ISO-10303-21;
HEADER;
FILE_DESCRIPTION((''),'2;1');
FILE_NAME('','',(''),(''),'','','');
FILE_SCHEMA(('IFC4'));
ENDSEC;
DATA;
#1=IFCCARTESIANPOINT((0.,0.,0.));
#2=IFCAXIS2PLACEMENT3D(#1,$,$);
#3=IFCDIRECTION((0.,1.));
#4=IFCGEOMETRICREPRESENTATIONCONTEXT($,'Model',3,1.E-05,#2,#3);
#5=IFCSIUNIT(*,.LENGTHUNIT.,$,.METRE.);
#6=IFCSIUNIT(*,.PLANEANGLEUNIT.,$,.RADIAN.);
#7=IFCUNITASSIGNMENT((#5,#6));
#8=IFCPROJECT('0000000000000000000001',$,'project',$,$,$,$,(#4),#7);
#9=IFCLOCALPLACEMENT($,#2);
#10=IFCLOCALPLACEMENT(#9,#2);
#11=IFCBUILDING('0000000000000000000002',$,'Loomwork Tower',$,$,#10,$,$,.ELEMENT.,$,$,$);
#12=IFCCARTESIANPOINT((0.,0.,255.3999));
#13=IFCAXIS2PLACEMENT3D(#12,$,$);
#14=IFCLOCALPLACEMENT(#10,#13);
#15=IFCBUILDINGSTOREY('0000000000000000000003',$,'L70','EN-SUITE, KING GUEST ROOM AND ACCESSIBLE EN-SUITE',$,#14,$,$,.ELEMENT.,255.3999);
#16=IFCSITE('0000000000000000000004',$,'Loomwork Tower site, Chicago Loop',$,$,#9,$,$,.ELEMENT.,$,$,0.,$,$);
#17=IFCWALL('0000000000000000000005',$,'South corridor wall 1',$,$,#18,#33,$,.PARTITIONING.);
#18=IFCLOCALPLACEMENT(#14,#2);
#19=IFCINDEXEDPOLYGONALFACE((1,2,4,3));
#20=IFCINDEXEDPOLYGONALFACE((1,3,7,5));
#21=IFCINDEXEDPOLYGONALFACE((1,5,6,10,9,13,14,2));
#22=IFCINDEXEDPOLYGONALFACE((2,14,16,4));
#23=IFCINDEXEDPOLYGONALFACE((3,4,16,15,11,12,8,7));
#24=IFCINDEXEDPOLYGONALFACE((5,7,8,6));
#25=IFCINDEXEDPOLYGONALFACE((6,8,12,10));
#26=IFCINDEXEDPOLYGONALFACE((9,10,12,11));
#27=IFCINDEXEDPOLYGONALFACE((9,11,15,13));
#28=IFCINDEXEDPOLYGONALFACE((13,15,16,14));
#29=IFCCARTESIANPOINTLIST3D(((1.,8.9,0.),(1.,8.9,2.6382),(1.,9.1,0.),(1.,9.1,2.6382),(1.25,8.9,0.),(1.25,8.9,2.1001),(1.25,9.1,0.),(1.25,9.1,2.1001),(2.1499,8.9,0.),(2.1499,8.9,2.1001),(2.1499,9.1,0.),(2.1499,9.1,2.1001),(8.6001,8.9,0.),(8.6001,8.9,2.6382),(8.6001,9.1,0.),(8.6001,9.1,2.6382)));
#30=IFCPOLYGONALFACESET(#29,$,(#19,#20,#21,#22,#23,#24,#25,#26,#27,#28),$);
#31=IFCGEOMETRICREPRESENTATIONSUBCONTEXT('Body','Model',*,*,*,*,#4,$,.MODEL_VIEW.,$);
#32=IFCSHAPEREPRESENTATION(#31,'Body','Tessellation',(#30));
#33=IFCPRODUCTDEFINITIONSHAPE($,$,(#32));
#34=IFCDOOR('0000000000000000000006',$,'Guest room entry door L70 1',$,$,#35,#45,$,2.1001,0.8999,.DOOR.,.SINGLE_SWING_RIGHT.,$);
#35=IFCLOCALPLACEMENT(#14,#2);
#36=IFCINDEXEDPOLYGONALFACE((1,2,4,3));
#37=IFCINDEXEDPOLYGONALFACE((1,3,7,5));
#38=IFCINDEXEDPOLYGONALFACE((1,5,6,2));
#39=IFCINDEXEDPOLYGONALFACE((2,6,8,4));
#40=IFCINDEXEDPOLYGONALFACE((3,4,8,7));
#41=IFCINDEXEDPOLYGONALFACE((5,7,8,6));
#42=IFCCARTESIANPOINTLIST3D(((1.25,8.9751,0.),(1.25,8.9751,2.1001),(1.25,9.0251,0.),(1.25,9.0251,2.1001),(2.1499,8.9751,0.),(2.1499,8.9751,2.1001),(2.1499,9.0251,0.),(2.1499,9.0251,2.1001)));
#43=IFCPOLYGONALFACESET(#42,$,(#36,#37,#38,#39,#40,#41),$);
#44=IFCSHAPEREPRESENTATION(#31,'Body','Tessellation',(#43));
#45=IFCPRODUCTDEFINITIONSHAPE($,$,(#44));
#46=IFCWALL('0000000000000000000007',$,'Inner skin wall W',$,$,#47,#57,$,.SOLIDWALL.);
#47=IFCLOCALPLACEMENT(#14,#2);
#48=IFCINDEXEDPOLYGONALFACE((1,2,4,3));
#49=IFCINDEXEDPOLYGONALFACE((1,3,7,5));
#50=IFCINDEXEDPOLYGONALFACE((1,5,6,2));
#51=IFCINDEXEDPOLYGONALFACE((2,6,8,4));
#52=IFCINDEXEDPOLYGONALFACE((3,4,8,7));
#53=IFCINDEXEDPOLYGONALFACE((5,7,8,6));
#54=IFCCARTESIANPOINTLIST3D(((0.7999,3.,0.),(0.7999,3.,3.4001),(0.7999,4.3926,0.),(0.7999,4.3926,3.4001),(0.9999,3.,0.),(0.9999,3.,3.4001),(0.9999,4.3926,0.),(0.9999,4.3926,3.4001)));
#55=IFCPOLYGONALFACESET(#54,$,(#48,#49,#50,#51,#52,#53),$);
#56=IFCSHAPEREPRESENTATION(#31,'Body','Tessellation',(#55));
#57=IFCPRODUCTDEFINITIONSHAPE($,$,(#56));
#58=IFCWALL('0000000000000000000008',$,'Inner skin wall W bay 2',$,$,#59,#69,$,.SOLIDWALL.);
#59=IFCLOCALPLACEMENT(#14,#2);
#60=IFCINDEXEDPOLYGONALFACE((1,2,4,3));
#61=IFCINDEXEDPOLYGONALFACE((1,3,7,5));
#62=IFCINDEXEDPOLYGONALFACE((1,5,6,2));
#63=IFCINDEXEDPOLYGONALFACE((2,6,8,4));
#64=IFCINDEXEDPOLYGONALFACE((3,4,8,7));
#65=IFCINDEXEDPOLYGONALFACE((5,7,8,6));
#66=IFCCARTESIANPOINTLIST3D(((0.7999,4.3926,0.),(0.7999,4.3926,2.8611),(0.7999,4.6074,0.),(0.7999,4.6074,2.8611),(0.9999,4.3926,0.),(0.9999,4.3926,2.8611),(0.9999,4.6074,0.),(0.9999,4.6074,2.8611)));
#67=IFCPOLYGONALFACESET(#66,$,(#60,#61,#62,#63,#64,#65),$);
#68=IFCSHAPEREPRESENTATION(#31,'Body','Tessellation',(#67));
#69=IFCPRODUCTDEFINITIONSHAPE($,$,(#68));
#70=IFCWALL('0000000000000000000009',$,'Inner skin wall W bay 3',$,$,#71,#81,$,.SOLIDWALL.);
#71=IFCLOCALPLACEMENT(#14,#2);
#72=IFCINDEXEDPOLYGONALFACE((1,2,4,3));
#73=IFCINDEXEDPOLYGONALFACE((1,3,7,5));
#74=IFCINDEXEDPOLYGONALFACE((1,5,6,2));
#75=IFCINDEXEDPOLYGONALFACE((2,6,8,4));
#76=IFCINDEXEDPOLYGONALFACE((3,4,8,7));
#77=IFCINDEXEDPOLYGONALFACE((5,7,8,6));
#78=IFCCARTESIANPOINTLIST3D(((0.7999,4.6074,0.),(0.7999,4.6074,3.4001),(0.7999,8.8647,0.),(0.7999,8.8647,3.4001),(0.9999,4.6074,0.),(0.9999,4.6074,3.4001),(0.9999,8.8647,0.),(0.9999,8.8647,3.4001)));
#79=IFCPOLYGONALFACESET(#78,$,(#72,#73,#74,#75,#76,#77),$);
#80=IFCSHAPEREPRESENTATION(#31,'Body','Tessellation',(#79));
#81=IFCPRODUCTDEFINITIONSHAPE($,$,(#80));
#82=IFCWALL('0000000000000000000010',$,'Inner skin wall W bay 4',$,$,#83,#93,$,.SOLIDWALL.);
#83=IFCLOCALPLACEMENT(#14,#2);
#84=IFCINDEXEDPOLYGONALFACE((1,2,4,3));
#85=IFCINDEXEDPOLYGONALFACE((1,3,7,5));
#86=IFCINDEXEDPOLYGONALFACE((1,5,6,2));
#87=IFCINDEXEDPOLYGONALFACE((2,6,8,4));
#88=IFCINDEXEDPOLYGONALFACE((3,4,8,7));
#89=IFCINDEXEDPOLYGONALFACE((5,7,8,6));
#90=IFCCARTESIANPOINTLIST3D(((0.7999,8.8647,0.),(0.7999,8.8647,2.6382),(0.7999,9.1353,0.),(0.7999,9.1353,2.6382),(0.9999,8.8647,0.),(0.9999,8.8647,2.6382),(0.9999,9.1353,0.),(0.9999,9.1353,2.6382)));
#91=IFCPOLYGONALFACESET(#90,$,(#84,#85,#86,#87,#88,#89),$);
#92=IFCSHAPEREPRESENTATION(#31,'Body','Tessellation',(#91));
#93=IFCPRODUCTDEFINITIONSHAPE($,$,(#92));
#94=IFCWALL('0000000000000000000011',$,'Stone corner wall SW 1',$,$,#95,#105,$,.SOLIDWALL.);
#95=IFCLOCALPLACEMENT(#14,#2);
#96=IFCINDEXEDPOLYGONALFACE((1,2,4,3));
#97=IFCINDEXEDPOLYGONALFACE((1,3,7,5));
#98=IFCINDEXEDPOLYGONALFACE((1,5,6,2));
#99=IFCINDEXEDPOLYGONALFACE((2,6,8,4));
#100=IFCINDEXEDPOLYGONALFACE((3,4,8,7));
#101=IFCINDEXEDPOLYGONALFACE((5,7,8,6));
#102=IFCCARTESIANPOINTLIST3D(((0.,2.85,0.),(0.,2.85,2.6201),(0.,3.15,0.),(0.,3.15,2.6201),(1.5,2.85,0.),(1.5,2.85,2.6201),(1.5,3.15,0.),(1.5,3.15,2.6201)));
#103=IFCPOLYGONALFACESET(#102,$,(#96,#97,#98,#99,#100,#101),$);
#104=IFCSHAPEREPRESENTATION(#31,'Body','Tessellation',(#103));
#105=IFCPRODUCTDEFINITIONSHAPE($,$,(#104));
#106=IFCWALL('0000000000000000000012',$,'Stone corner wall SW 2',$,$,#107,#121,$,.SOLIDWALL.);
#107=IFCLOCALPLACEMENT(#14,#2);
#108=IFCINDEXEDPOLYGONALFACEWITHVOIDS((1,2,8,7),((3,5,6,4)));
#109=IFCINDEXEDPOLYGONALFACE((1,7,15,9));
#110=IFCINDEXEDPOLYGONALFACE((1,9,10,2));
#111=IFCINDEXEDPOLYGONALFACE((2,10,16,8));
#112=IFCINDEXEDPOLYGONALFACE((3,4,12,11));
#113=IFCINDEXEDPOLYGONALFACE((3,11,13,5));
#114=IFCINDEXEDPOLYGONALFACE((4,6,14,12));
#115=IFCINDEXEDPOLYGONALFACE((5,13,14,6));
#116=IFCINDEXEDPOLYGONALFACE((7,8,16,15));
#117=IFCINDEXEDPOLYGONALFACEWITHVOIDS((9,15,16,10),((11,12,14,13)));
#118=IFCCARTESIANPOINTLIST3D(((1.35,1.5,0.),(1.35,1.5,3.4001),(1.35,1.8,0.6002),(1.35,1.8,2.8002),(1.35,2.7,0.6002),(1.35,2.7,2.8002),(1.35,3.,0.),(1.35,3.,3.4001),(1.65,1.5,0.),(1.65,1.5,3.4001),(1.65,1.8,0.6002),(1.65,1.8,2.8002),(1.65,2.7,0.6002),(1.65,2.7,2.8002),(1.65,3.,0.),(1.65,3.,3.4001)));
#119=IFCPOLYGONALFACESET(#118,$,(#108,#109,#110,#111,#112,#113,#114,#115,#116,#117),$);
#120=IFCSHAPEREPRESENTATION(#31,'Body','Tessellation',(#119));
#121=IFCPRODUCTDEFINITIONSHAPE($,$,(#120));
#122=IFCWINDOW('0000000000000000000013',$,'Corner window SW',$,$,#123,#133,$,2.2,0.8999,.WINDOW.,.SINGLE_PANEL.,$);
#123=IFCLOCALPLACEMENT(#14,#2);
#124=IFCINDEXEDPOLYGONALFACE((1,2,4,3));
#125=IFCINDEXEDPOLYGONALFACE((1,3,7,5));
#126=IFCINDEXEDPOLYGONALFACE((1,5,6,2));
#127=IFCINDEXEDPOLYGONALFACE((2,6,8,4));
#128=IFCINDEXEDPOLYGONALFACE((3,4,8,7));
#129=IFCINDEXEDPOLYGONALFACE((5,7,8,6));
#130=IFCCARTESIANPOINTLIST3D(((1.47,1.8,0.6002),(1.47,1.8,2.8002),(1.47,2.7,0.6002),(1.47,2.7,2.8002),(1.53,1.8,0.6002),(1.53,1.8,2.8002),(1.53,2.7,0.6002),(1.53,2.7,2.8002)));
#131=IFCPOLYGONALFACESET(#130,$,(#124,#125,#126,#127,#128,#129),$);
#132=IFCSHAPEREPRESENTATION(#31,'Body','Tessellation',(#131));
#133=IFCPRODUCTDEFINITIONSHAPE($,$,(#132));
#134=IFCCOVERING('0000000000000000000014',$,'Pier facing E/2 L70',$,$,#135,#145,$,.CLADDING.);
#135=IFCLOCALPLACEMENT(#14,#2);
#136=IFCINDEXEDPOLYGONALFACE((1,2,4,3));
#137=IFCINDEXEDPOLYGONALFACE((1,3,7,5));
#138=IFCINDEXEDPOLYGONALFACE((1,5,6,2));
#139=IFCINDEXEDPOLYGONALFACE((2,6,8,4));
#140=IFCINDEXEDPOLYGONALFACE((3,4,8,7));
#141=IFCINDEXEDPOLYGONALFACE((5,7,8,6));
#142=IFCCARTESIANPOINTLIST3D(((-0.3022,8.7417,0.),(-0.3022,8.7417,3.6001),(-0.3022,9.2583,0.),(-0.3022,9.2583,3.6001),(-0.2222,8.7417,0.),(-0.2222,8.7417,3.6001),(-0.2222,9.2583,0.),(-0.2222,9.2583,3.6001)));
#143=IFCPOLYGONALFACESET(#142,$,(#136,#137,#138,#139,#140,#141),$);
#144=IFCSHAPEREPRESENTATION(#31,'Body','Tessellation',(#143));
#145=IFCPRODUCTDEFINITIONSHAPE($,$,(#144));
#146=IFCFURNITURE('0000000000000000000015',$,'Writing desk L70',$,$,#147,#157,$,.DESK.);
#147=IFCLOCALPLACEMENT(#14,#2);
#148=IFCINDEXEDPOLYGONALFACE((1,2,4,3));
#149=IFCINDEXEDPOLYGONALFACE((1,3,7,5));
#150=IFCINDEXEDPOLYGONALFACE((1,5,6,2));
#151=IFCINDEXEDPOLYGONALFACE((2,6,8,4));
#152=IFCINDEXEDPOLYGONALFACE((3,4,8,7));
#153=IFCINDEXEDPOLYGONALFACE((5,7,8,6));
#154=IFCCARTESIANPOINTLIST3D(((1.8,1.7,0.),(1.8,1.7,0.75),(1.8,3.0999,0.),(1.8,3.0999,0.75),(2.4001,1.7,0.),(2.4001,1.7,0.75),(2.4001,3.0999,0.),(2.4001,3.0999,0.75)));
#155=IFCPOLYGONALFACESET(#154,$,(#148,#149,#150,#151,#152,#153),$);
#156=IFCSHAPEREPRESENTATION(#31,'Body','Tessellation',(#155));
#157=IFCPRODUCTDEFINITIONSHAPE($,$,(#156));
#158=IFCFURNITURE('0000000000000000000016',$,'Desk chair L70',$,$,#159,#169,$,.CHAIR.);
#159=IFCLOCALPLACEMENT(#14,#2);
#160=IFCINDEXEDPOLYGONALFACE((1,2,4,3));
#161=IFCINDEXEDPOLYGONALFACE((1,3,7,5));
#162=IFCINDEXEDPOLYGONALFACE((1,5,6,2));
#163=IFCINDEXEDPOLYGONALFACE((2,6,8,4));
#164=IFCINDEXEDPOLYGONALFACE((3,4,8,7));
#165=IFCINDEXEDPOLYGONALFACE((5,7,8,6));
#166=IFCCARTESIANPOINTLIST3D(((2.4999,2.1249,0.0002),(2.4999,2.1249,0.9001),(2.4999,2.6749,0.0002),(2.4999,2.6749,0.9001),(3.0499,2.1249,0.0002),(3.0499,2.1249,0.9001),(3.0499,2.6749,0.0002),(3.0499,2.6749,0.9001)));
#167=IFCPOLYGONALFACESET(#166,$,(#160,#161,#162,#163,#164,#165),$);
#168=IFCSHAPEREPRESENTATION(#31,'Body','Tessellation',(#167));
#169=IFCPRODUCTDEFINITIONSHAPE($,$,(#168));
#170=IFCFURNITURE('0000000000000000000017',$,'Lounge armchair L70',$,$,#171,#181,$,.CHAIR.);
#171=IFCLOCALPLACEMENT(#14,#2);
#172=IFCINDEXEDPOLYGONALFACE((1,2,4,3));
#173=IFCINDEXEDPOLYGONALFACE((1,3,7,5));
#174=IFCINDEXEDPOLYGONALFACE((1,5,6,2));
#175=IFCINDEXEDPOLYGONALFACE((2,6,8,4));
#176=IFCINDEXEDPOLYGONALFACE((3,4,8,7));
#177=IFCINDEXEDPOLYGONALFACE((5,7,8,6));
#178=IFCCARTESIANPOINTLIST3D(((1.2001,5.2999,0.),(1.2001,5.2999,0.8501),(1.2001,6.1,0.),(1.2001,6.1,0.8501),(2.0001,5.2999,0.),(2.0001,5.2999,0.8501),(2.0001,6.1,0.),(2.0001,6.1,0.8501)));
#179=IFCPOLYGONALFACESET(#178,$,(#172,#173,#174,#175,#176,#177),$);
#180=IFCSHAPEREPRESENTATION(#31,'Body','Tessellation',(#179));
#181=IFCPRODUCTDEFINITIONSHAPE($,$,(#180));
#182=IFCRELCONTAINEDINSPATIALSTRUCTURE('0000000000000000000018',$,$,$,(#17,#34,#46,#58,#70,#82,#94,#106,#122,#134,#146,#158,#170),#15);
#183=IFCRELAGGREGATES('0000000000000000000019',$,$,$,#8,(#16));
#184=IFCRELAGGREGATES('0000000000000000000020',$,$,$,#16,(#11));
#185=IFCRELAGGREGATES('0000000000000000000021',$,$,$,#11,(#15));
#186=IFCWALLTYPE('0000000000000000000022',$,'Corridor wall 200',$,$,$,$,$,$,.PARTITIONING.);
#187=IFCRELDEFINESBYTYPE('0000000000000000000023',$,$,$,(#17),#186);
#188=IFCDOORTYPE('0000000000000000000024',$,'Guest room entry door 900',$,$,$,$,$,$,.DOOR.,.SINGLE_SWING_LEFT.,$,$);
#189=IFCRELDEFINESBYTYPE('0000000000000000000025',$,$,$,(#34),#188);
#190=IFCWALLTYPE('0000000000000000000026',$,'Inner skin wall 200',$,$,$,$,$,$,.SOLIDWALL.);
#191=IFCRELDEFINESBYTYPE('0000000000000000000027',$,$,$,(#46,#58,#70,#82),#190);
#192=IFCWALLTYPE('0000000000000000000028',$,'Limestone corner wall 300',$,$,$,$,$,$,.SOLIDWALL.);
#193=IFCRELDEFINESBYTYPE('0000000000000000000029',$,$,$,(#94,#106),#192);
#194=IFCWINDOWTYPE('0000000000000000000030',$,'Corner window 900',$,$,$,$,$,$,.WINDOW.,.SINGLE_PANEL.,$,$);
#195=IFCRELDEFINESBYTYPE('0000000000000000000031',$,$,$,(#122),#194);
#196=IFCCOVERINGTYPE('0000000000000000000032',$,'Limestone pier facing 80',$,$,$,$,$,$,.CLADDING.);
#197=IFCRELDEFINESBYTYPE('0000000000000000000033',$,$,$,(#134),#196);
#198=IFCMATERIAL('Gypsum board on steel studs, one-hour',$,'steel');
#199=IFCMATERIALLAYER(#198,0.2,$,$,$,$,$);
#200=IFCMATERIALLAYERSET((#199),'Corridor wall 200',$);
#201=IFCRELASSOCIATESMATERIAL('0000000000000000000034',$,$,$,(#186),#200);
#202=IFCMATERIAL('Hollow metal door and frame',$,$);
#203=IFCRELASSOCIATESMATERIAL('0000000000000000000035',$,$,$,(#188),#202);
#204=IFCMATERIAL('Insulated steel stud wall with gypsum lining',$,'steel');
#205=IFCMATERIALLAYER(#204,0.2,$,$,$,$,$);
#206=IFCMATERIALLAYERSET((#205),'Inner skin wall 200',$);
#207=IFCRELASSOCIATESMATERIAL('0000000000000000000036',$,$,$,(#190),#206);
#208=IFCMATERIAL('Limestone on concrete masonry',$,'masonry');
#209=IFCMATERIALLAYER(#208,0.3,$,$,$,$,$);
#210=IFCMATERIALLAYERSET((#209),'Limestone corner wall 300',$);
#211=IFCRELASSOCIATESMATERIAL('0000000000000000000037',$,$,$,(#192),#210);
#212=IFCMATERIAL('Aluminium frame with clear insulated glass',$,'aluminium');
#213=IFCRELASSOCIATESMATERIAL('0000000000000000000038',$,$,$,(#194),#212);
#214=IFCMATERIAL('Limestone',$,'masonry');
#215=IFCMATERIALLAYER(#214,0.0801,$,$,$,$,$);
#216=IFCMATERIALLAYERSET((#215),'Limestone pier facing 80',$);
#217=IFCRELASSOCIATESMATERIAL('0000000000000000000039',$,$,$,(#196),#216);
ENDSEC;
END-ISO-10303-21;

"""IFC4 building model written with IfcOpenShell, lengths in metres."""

from ifc_helpers import new_model, si_unit, direction, frame, frame_2d, origin, origin_2d, place, context, subcontext, project, spatial, rectangle, extrude, material, layer, layer_set, type_object, element, fill, save


model = new_model("IFC4")

# Units and contexts
model_context = context("Model", 3, precision=1e-05, world=origin(), true_north=direction((0.0, 1.0)))
body_context = subcontext(model_context, "Body", "Model", "MODEL_VIEW")
ifc_project = project(units=[si_unit("LENGTHUNIT", "METRE"), si_unit("PLANEANGLEUNIT", "RADIAN")], contexts=[model_context])

# Site, building, storey
site_placement = place(None, origin())
site = spatial("IfcSite", under=ifc_project, at=site_placement, Name="Loomwork Tower site, Chicago Loop", CompositionType="ELEMENT", RefElevation=0.0)
building_placement = place(site_placement, origin())
building = spatial("IfcBuilding", under=site, at=building_placement, Name="Loomwork Tower", CompositionType="ELEMENT")
storey_placement = place(building_placement, frame((0.0, 0.0, 255.3999)))
storey = spatial("IfcBuildingStorey", under=building, at=storey_placement, Name="L70", Description="EN-SUITE, KING GUEST ROOM AND ACCESSIBLE EN-SUITE", CompositionType="ELEMENT", Elevation=255.3999)

# Wall, opening, door
ifc_material_1 = material(Name="Gypsum board on steel studs, one-hour", Category="steel")
ifc_layer_1 = layer(ifc_material_1, 0.2)
ifc_layer_set_1 = layer_set([ifc_layer_1], Name="Corridor wall 200")
wall_type_1 = type_object("IfcWallType", Name="Corridor wall 200", PredefinedType="PARTITIONING", material=ifc_layer_set_1)
wall_1_placement = place(storey_placement, frame((1.0, 9.0, 0.0), z_axis=(0.0, 0.0, 1.0), x_axis=(1.0, 0.0, 0.0)))
wall_1 = element("IfcWall", 1, at=wall_1_placement, inside=storey, type_object=wall_type_1, Name="South corridor wall 1", PredefinedType="PARTITIONING", context=body_context, shape_type="SweptSolid", body=[
    extrude(rectangle(XDim=7.6001, YDim=0.2, at=frame_2d((3.8, 0.0))), origin(), (0.0, 0.0, 1.0), 2.6382),
])
opening_1_placement = place(wall_1_placement, frame((0.25, 0.0, 0.0)))
opening_1 = element("IfcOpeningElement", 2, at=opening_1_placement, cuts=wall_1, PredefinedType="OPENING", context=body_context, shape_type="SweptSolid", body=[
    extrude(rectangle(XDim=0.8999, YDim=2.1001, at=frame_2d((0.45, 1.05))), frame((0.0, 0.1099, 0.0), z_axis=(0.0, -1.0, 0.0), x_axis=(1.0, 0.0, 0.0)), (0.0, 0.0, 1.0), 0.22),
])
ifc_material_2 = material(Name="Hollow metal door and frame")
door_type = type_object("IfcDoorType", Name="Guest room entry door 900", OperationType="SINGLE_SWING_LEFT", PredefinedType="DOOR", material=ifc_material_2)
door_placement = place(opening_1_placement, frame((0.8999, 0.0, 0.0), z_axis=(0.0, 0.0, 1.0), x_axis=(-1.0, 0.0, 0.0)))
door = element("IfcDoor", 3, at=door_placement, inside=storey, type_object=door_type, Name="Guest room entry door L70 1", OperationType="SINGLE_SWING_RIGHT", OverallHeight=2.1001, OverallWidth=0.8999, PredefinedType="DOOR", context=body_context, shape_type="SweptSolid", body=[
    extrude(rectangle(XDim=0.8999, YDim=2.1001, at=frame_2d((0.45, 1.05))), frame((0.0, 0.0249, 0.0), z_axis=(0.0, -1.0, 0.0), x_axis=(1.0, 0.0, 0.0)), (0.0, 0.0, 1.0), 0.05),
])
fill(opening_1, door)

# Walls
ifc_material_3 = material(Name="Insulated steel stud wall with gypsum lining", Category="steel")
ifc_layer_2 = layer(ifc_material_3, 0.2)
ifc_layer_set_2 = layer_set([ifc_layer_2], Name="Inner skin wall 200")
wall_type_2 = type_object("IfcWallType", Name="Inner skin wall 200", PredefinedType="SOLIDWALL", material=ifc_layer_set_2)
wall_2_placement = place(storey_placement, frame((0.8999, 3.0, 0.0), z_axis=(0.0, 0.0, 1.0), x_axis=(0.0, 1.0, 0.0)))
element("IfcWall", 4, at=wall_2_placement, inside=storey, type_object=wall_type_2, Name="Inner skin wall W", PredefinedType="SOLIDWALL", context=body_context, shape_type="SweptSolid", body=[
    extrude(rectangle(XDim=1.3926, YDim=0.2, at=frame_2d((0.6963, 0.0))), origin(), (0.0, 0.0, 1.0), 3.4001),
])
wall_3_placement = place(storey_placement, frame((0.8999, 4.3926, 0.0), z_axis=(0.0, 0.0, 1.0), x_axis=(0.0, 1.0, 0.0)))
element("IfcWall", 5, at=wall_3_placement, inside=storey, type_object=wall_type_2, Name="Inner skin wall W bay 2", PredefinedType="SOLIDWALL", context=body_context, shape_type="SweptSolid", body=[
    extrude(rectangle(XDim=0.2148, YDim=0.2, at=frame_2d((0.1074, 0.0))), origin(), (0.0, 0.0, 1.0), 2.8611),
])
wall_4_placement = place(storey_placement, frame((0.8999, 4.6074, 0.0), z_axis=(0.0, 0.0, 1.0), x_axis=(0.0, 1.0, 0.0)))
element("IfcWall", 6, at=wall_4_placement, inside=storey, type_object=wall_type_2, Name="Inner skin wall W bay 3", PredefinedType="SOLIDWALL", context=body_context, shape_type="SweptSolid", body=[
    extrude(rectangle(XDim=4.2573, YDim=0.2, at=frame_2d((2.1287, 0.0))), origin(), (0.0, 0.0, 1.0), 3.4001),
])
wall_5_placement = place(storey_placement, frame((0.8999, 8.8647, 0.0), z_axis=(0.0, 0.0, 1.0), x_axis=(0.0, 1.0, 0.0)))
element("IfcWall", 7, at=wall_5_placement, inside=storey, type_object=wall_type_2, Name="Inner skin wall W bay 4", PredefinedType="SOLIDWALL", context=body_context, shape_type="SweptSolid", body=[
    extrude(rectangle(XDim=0.2705, YDim=0.2, at=frame_2d((0.1353, 0.0))), origin(), (0.0, 0.0, 1.0), 2.6382),
])
ifc_material_4 = material(Name="Limestone on concrete masonry", Category="masonry")
ifc_layer_3 = layer(ifc_material_4, 0.3)
ifc_layer_set_3 = layer_set([ifc_layer_3], Name="Limestone corner wall 300")
wall_type_3 = type_object("IfcWallType", Name="Limestone corner wall 300", PredefinedType="SOLIDWALL", material=ifc_layer_set_3)
wall_6_placement = place(storey_placement, frame((0.0, 3.0, 0.0), z_axis=(0.0, 0.0, 1.0), x_axis=(1.0, 0.0, 0.0)))
element("IfcWall", 8, at=wall_6_placement, inside=storey, type_object=wall_type_3, Name="Stone corner wall SW 1", PredefinedType="SOLIDWALL", context=body_context, shape_type="SweptSolid", body=[
    extrude(rectangle(XDim=1.5, YDim=0.3, at=frame_2d((0.75, 0.0))), origin(), (0.0, 0.0, 1.0), 2.6201),
])

# Wall, opening, window
wall_7_placement = place(storey_placement, frame((1.5, 3.0, 0.0), z_axis=(0.0, 0.0, 1.0), x_axis=(0.0, -1.0, 0.0)))
wall_7 = element("IfcWall", 9, at=wall_7_placement, inside=storey, type_object=wall_type_3, Name="Stone corner wall SW 2", PredefinedType="SOLIDWALL", context=body_context, shape_type="SweptSolid", body=[
    extrude(rectangle(XDim=1.5, YDim=0.3, at=frame_2d((0.75, 0.0))), origin(), (0.0, 0.0, 1.0), 3.4001),
])
opening_2_placement = place(wall_7_placement, frame((0.3, 0.0, 0.6001)))
opening_2 = element("IfcOpeningElement", 10, at=opening_2_placement, cuts=wall_7, PredefinedType="OPENING", context=body_context, shape_type="SweptSolid", body=[
    extrude(rectangle(XDim=0.8999, YDim=2.2, at=frame_2d((0.45, 1.1001))), frame((0.0, 0.1599, 0.0), z_axis=(0.0, -1.0, 0.0), x_axis=(1.0, 0.0, 0.0)), (0.0, 0.0, 1.0), 0.3201),
])
ifc_material_5 = material(Name="Aluminium frame with clear insulated glass", Category="aluminium")
window_type = type_object("IfcWindowType", Name="Corner window 900", PartitioningType="SINGLE_PANEL", PredefinedType="WINDOW", material=ifc_material_5)
window_placement = place(opening_2_placement, origin())
window = element("IfcWindow", 11, at=window_placement, inside=storey, type_object=window_type, Name="Corner window SW", OverallHeight=2.2, OverallWidth=0.8999, PartitioningType="SINGLE_PANEL", PredefinedType="WINDOW", context=body_context, shape_type="SweptSolid", body=[
    extrude(rectangle(XDim=0.8999, YDim=2.2, at=frame_2d((0.45, 1.1001))), frame((0.0, 0.03, 0.0), z_axis=(0.0, -1.0, 0.0), x_axis=(1.0, 0.0, 0.0)), (0.0, 0.0, 1.0), 0.0601),
])
fill(opening_2, window)

# Covering
ifc_material_6 = material(Name="Limestone", Category="masonry")
ifc_layer_4 = layer(ifc_material_6, 0.0801)
ifc_layer_set_4 = layer_set([ifc_layer_4], Name="Limestone pier facing 80")
covering_type = type_object("IfcCoveringType", Name="Limestone pier facing 80", PredefinedType="CLADDING", material=ifc_layer_set_4)
covering_placement = place(storey_placement, frame((-0.2622, 9.0, 0.0), z_axis=(0.0, 0.0, 1.0), x_axis=(1.0, 0.0, 0.0)))
element("IfcCovering", 12, at=covering_placement, inside=storey, type_object=covering_type, Name="Pier facing E/2 L70", PredefinedType="CLADDING", context=body_context, shape_type="SweptSolid", body=[
    extrude(rectangle(XDim=0.0801, YDim=0.5166, at=origin_2d()), origin(), (0.0, 0.0, 1.0), 3.6001),
])

# Furniture
furniture_1_placement = place(storey_placement, frame((2.1001, 2.3999, 0.0), z_axis=(0.0, 0.0, 1.0), x_axis=(1.0, 0.0, 0.0)))
element("IfcFurniture", 13, at=furniture_1_placement, inside=storey, Name="Writing desk L70", PredefinedType="DESK", context=body_context, shape_type="SweptSolid", body=[
    extrude(rectangle(XDim=0.6001, YDim=1.3999, at=origin_2d()), origin(), (0.0, 0.0, 1.0), 0.75),
])
furniture_2_placement = place(storey_placement, frame((2.7749, 2.3999, 0.0002), z_axis=(0.0, 0.0, 1.0), x_axis=(1.0, 0.0, 0.0)))
element("IfcFurniture", 14, at=furniture_2_placement, inside=storey, Name="Desk chair L70", PredefinedType="CHAIR", context=body_context, shape_type="SweptSolid", body=[
    extrude(rectangle(XDim=0.55, YDim=0.55, at=origin_2d()), origin(), (0.0, 0.0, 1.0), 0.8999),
])
furniture_3_placement = place(storey_placement, frame((1.6001, 5.7, 0.0), z_axis=(0.0, 0.0, 1.0), x_axis=(1.0, 0.0, 0.0)))
element("IfcFurniture", 15, at=furniture_3_placement, inside=storey, Name="Lounge armchair L70", PredefinedType="CHAIR", context=body_context, shape_type="SweptSolid", body=[
    extrude(rectangle(XDim=0.8, YDim=0.8, at=origin_2d()), origin(), (0.0, 0.0, 1.0), 0.8501),
])

save(model, "model.ifc")
